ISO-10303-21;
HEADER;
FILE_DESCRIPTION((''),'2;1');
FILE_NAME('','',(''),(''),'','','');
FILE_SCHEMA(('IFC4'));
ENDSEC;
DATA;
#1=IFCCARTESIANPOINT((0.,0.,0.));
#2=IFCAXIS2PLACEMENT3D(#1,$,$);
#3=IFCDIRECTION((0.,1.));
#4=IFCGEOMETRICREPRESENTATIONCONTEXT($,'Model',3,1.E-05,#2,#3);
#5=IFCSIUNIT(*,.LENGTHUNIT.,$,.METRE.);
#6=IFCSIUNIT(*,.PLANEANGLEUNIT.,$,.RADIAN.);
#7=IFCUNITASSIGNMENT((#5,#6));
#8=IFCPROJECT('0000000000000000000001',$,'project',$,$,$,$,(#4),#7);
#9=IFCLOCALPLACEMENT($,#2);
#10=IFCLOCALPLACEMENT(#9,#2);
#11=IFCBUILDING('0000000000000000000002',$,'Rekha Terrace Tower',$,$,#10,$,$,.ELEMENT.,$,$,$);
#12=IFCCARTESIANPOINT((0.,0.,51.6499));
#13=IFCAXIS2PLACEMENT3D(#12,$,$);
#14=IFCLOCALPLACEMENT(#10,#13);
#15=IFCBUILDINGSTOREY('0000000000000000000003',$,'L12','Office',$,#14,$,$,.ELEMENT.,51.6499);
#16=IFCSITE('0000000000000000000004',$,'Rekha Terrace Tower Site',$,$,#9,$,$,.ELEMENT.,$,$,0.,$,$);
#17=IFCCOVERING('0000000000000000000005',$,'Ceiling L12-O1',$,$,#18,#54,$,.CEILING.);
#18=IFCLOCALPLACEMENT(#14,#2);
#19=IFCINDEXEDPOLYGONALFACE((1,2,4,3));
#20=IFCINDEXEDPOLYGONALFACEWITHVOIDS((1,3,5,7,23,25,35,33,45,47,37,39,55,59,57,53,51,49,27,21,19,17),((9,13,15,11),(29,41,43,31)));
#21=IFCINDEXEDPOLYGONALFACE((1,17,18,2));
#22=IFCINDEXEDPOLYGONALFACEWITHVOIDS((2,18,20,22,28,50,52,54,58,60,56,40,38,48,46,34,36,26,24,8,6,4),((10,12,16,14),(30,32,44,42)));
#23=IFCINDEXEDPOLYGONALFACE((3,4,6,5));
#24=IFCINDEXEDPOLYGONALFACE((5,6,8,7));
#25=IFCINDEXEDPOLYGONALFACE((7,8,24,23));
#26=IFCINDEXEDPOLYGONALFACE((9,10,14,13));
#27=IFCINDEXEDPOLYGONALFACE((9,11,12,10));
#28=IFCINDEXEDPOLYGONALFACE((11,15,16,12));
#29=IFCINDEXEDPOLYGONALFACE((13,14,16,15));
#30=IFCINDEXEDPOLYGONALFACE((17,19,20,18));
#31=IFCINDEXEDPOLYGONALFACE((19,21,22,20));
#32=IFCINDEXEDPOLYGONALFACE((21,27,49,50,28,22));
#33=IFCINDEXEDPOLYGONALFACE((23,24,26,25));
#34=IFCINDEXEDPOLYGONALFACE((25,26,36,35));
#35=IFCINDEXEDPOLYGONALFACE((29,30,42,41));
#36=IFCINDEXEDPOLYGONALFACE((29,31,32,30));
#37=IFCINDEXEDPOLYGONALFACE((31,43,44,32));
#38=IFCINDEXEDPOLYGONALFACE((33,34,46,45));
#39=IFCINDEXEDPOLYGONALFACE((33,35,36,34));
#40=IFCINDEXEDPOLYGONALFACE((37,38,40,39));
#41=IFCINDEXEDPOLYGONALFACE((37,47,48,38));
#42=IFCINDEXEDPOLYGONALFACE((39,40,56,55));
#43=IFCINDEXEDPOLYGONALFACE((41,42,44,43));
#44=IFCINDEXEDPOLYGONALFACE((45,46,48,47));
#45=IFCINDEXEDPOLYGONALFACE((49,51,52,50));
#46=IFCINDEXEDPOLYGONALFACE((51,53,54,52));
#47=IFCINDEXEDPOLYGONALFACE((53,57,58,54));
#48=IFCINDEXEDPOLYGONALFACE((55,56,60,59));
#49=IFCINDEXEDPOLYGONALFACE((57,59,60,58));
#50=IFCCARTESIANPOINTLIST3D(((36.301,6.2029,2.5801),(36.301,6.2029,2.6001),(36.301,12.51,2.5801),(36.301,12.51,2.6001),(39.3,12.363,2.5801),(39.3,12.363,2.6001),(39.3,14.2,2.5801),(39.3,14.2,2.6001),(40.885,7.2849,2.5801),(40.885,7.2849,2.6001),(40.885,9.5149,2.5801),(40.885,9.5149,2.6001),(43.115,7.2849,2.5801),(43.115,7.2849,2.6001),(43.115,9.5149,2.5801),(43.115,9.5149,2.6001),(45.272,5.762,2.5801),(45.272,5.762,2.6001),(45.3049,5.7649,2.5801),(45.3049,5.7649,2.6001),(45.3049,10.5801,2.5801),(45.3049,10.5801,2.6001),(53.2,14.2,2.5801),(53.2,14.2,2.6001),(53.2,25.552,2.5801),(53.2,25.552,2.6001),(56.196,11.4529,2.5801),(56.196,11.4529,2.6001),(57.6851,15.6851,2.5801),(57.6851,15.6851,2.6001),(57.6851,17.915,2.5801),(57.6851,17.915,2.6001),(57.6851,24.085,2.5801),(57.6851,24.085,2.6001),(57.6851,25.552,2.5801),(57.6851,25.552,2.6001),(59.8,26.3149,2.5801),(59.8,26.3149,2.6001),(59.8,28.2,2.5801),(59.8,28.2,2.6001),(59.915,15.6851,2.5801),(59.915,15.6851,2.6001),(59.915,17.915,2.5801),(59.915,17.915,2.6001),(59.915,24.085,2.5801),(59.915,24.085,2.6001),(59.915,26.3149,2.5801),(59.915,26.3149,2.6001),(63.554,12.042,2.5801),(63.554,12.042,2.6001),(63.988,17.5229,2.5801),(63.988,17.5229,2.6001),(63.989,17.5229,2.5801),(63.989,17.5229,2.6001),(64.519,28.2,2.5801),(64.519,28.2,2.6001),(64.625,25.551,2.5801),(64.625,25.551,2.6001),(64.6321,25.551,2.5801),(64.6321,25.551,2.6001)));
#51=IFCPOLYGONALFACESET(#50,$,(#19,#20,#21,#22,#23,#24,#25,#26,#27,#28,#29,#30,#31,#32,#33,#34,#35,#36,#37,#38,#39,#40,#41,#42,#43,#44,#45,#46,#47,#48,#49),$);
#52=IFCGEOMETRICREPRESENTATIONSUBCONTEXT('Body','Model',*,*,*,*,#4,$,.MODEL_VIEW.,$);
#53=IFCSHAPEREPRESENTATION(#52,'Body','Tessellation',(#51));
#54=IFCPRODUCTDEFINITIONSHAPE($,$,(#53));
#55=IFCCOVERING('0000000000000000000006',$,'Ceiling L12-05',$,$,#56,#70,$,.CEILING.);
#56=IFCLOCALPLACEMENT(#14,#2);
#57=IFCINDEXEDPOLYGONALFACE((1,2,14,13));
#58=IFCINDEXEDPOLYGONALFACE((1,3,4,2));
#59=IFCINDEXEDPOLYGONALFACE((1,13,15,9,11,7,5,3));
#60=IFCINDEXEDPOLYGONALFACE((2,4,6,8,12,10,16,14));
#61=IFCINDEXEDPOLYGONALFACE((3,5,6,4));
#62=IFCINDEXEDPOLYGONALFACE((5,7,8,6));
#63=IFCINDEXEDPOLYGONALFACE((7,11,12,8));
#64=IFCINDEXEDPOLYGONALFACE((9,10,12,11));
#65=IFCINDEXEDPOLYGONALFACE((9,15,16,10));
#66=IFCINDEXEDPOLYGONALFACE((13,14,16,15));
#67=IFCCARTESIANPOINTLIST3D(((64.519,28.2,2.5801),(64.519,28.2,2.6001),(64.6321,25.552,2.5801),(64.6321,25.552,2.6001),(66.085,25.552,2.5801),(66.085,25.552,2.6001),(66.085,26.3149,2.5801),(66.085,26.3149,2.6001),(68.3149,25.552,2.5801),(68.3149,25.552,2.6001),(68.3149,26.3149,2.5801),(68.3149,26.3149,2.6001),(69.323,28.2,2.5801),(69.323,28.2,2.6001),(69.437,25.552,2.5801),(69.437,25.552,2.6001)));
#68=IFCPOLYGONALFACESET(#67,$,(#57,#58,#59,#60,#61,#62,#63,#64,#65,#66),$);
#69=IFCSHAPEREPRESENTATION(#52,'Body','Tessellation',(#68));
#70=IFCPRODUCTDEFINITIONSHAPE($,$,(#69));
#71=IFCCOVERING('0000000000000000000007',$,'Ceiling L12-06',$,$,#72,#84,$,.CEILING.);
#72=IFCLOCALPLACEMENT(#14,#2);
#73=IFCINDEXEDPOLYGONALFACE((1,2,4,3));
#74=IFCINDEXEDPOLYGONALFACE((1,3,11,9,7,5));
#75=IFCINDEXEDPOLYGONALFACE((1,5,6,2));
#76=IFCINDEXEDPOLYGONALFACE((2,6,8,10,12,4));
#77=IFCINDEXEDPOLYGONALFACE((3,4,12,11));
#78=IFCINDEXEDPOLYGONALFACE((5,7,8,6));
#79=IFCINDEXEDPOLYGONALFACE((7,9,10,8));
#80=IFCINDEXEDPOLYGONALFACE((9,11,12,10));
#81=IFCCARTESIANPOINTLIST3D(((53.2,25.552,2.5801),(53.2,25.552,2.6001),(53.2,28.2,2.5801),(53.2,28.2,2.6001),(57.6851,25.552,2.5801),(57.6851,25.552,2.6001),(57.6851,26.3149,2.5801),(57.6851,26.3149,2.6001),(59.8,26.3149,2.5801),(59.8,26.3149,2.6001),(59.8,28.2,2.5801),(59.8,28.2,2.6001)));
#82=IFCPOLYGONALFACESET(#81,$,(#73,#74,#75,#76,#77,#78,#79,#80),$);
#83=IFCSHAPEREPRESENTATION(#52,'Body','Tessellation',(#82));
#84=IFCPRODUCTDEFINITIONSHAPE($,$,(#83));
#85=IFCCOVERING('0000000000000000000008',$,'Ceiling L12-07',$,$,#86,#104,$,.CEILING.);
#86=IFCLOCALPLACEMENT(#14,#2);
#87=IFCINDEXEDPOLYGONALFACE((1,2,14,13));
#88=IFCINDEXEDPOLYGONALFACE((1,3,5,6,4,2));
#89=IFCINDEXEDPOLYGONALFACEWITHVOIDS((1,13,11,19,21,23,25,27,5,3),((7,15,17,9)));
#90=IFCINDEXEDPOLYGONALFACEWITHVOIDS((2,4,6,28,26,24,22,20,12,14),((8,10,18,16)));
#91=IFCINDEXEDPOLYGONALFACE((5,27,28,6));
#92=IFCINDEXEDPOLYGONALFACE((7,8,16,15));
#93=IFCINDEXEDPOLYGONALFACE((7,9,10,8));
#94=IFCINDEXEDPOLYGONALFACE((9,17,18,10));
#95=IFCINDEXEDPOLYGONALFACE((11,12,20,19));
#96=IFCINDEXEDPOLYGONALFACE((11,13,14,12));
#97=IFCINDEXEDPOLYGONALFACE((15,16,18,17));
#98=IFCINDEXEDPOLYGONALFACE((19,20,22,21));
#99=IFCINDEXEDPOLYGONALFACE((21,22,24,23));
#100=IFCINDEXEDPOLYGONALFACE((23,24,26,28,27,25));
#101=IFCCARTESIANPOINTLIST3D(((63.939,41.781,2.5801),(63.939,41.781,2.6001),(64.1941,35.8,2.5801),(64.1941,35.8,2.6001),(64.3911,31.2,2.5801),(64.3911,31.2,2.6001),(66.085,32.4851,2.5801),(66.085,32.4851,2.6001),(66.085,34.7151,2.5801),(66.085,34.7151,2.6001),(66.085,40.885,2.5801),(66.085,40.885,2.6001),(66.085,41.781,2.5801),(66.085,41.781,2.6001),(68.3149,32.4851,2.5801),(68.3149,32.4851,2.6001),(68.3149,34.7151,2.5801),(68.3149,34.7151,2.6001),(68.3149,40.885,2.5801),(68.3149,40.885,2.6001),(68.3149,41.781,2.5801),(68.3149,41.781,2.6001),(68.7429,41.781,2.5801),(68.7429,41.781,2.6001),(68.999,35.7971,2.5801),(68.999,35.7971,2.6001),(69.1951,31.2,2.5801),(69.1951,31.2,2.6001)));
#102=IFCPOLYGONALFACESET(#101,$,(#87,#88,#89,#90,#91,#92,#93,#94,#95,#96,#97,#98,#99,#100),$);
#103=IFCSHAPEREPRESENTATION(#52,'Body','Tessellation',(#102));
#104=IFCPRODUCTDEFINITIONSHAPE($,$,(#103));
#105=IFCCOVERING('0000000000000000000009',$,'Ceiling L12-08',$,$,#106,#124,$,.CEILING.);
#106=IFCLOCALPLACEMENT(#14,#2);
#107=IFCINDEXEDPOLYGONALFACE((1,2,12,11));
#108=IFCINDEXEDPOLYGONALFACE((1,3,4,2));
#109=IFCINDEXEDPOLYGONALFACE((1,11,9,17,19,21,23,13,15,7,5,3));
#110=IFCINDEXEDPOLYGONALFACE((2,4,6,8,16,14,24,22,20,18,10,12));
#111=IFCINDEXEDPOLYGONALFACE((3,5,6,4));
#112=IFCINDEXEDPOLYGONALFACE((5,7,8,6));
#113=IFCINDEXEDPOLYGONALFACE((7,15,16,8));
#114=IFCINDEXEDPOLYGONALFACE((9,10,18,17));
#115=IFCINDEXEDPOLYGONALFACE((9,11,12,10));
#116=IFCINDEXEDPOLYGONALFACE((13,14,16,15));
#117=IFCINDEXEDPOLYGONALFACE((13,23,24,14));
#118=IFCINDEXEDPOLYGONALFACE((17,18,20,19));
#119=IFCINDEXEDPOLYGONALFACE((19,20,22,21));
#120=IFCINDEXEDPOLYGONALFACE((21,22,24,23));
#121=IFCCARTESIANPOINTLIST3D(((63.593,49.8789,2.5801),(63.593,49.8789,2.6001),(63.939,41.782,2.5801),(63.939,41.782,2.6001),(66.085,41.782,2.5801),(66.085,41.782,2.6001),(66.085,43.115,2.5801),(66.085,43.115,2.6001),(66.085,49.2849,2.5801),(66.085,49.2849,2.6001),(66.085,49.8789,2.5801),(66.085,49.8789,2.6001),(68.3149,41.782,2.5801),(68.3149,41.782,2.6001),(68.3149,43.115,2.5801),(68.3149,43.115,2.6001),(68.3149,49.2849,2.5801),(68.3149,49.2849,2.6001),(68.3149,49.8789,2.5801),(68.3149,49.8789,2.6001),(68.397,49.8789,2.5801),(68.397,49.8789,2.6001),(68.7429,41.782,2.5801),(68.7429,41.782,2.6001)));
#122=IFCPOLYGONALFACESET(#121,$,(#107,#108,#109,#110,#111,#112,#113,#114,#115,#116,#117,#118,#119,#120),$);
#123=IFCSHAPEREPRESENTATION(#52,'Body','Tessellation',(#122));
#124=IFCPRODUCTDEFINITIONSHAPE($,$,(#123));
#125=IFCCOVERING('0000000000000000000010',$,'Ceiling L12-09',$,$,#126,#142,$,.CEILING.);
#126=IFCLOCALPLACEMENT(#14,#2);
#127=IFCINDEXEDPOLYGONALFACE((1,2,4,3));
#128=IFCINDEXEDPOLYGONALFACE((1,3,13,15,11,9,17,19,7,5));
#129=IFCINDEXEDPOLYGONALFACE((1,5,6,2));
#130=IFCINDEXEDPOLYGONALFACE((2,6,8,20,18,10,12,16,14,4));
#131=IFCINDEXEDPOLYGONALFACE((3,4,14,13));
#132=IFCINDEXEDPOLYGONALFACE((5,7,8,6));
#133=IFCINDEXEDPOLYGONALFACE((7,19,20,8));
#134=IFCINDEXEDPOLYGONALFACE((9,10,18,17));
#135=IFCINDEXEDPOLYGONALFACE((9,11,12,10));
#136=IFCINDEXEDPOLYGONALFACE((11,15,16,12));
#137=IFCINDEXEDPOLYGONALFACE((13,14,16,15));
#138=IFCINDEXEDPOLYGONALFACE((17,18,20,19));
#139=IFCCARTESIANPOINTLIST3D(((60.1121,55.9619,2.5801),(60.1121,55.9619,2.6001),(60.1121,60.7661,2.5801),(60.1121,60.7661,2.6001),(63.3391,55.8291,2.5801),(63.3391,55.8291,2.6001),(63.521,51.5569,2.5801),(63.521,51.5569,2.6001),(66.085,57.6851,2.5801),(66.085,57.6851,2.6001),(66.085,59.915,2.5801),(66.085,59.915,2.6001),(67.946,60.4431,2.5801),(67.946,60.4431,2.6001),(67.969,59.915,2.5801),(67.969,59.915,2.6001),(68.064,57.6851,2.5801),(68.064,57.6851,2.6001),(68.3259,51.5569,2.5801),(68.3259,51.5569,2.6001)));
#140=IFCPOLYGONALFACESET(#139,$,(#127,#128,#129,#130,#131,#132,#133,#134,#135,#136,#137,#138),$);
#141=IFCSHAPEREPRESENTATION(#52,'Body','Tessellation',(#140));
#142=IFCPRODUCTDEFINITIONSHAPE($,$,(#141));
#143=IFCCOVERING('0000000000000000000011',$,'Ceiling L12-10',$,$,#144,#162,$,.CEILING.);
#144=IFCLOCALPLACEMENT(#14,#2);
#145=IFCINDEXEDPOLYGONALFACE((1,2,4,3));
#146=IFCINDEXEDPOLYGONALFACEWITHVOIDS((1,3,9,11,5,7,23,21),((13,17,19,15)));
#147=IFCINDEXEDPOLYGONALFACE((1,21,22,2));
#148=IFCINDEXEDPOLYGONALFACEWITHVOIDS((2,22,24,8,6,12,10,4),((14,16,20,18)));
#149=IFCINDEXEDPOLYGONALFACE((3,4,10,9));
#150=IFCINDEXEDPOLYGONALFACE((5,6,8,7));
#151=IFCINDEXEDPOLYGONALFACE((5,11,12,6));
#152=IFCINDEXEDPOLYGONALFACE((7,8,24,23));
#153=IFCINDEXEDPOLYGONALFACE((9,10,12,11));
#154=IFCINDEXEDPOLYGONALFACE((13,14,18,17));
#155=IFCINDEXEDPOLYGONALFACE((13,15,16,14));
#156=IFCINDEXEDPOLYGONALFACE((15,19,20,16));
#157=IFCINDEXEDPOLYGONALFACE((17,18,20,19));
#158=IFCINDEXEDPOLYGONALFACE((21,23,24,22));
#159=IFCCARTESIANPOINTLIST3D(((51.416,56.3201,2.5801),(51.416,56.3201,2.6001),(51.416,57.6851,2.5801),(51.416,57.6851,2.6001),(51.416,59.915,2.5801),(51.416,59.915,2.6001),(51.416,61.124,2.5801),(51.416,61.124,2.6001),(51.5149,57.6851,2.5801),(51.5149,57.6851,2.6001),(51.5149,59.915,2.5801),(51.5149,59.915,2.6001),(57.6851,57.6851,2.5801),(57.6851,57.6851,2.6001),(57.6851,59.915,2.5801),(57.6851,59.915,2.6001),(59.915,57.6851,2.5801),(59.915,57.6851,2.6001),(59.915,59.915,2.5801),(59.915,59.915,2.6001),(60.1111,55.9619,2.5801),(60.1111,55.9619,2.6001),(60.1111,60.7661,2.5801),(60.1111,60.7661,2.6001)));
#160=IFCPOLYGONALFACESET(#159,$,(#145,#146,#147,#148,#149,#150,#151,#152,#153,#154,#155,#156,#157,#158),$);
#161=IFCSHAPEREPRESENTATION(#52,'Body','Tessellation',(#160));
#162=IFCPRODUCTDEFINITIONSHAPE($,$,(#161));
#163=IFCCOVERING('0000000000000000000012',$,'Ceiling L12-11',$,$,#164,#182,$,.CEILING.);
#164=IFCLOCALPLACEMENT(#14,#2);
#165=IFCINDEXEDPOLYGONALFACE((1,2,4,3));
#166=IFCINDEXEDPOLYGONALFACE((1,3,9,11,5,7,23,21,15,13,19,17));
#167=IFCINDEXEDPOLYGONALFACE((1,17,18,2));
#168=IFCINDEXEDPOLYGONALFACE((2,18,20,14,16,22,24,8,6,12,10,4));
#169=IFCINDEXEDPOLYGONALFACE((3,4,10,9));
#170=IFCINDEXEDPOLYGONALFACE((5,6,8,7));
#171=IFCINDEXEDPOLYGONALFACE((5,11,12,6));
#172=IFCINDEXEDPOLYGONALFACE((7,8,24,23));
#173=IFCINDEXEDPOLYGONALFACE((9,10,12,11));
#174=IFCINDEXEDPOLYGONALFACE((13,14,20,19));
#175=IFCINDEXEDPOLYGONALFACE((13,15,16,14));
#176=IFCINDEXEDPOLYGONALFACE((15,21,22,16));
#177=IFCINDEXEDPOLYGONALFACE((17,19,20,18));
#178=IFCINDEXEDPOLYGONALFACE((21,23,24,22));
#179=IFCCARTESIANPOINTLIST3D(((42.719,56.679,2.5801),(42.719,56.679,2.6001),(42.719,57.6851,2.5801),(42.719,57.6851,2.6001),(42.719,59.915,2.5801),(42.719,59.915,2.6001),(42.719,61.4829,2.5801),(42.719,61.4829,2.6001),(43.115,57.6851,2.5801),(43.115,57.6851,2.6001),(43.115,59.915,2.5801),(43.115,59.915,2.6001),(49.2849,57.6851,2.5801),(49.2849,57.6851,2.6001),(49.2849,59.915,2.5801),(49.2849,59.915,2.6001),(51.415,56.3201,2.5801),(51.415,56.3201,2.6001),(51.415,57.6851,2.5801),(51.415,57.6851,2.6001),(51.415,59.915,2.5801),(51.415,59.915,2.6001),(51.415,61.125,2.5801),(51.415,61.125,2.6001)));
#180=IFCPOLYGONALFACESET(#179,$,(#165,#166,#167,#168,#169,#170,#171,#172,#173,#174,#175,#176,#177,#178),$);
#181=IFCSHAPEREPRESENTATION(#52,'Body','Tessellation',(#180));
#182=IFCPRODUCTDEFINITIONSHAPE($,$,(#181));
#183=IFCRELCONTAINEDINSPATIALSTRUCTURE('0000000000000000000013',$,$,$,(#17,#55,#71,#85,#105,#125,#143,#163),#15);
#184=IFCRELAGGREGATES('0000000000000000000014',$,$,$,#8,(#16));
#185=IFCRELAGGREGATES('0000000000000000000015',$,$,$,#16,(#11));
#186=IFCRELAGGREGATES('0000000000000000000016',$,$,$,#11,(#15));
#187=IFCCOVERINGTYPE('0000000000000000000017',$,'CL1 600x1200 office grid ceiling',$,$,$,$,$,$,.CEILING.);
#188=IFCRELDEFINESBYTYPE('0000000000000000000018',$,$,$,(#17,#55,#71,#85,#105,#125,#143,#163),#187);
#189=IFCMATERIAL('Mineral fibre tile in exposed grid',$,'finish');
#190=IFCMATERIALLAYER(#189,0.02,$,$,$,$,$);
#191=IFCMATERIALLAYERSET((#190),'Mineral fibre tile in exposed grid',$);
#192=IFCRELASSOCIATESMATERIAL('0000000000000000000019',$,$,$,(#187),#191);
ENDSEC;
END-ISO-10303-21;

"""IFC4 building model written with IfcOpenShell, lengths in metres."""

from ifc_helpers import new_model, si_unit, direction, frame, origin, place, context, subcontext, project, spatial, polyline, outline, extrude, material, layer, layer_set, type_object, element, save


model = new_model("IFC4")

# Units and contexts
model_context = context("Model", 3, precision=1e-05, world=origin(), true_north=direction((0.0, 1.0)))
body_context = subcontext(model_context, "Body", "Model", "MODEL_VIEW")
ifc_project = project(units=[si_unit("LENGTHUNIT", "METRE"), si_unit("PLANEANGLEUNIT", "RADIAN")], contexts=[model_context])

# Site, building, storey
site_placement = place(None, origin())
site = spatial("IfcSite", under=ifc_project, at=site_placement, Name="Rekha Terrace Tower Site", CompositionType="ELEMENT", RefElevation=0.0)
building_placement = place(site_placement, origin())
building = spatial("IfcBuilding", under=site, at=building_placement, Name="Rekha Terrace Tower", CompositionType="ELEMENT")
storey_placement = place(building_placement, frame((0.0, 0.0, 51.6499)))
storey = spatial("IfcBuildingStorey", under=building, at=storey_placement, Name="L12", Description="Office", CompositionType="ELEMENT", Elevation=51.6499)

# Coverings
ifc_material_1 = material(Name="Mineral fibre tile in exposed grid", Category="finish")
ifc_layer_1 = layer(ifc_material_1, 0.02)
ifc_layer_set_1 = layer_set([ifc_layer_1], Name="Mineral fibre tile in exposed grid")
covering_type_1 = type_object("IfcCoveringType", Name="CL1 600x1200 office grid ceiling", PredefinedType="CEILING", material=ifc_layer_set_1)
covering_1_placement = place(storey_placement, frame((0.0, 0.0, 2.5801)))
element("IfcCovering", 1, at=covering_1_placement, inside=storey, type_object=covering_type_1, Name="Ceiling L12-O1", PredefinedType="CEILING", context=body_context, shape_type="SweptSolid", body=[
    extrude(outline(polyline([(45.3049, 10.5801), (56.196, 11.4529), (63.554, 12.042), (63.988, 17.5229), (63.989, 17.5229), (64.625, 25.551), (64.6321, 25.551), (64.519, 28.2), (59.8, 28.2), (59.8, 26.3149), (59.915, 26.3149), (59.915, 24.085), (57.6851, 24.085), (57.6851, 25.552), (53.2, 25.552), (53.2, 14.2), (39.3, 14.2), (39.3, 12.363), (36.301, 12.51), (36.301, 6.2029), (45.272, 5.762), (45.3049, 5.7649), (45.3049, 10.5801)]), holes=[polyline([(59.915, 17.915), (59.915, 15.6851), (57.6851, 15.6851), (57.6851, 17.915), (59.915, 17.915)]), polyline([(43.115, 7.2849), (40.885, 7.2849), (40.885, 9.5149), (43.115, 9.5149), (43.115, 7.2849)])]), origin(), (0.0, 0.0, 1.0), 0.02),
])
covering_2_placement = place(storey_placement, frame((0.0, 0.0, 2.5801)))
element("IfcCovering", 2, at=covering_2_placement, inside=storey, type_object=covering_type_1, Name="Ceiling L12-05", PredefinedType="CEILING", context=body_context, shape_type="SweptSolid", body=[
    extrude(outline(polyline([(69.437, 25.552), (69.323, 28.2), (64.519, 28.2), (64.6321, 25.552), (66.085, 25.552), (66.085, 26.3149), (68.3149, 26.3149), (68.3149, 25.552), (69.437, 25.552)])), origin(), (0.0, 0.0, 1.0), 0.02),
])
covering_3_placement = place(storey_placement, frame((0.0, 0.0, 2.5801)))
element("IfcCovering", 3, at=covering_3_placement, inside=storey, type_object=covering_type_1, Name="Ceiling L12-06", PredefinedType="CEILING", context=body_context, shape_type="SweptSolid", body=[
    extrude(outline(polyline([(59.8, 26.3149), (59.8, 28.2), (53.2, 28.2), (53.2, 25.552), (57.6851, 25.552), (57.6851, 26.3149), (59.8, 26.3149)])), origin(), (0.0, 0.0, 1.0), 0.02),
])
covering_4_placement = place(storey_placement, frame((0.0, 0.0, 2.5801)))
element("IfcCovering", 4, at=covering_4_placement, inside=storey, type_object=covering_type_1, Name="Ceiling L12-07", PredefinedType="CEILING", context=body_context, shape_type="SweptSolid", body=[
    extrude(outline(polyline([(69.1951, 31.2), (68.999, 35.7971), (68.7429, 41.781), (68.3149, 41.781), (68.3149, 40.885), (66.085, 40.885), (66.085, 41.781), (63.939, 41.781), (64.1941, 35.8), (64.3911, 31.2), (69.1951, 31.2)]), holes=[polyline([(68.3149, 32.4851), (66.085, 32.4851), (66.085, 34.7151), (68.3149, 34.7151), (68.3149, 32.4851)])]), origin(), (0.0, 0.0, 1.0), 0.02),
])
covering_5_placement = place(storey_placement, frame((0.0, 0.0, 2.5801)))
element("IfcCovering", 5, at=covering_5_placement, inside=storey, type_object=covering_type_1, Name="Ceiling L12-08", PredefinedType="CEILING", context=body_context, shape_type="SweptSolid", body=[
    extrude(outline(polyline([(68.3149, 41.782), (68.7429, 41.782), (68.397, 49.8789), (68.3149, 49.8789), (68.3149, 49.2849), (66.085, 49.2849), (66.085, 49.8789), (63.593, 49.8789), (63.939, 41.782), (66.085, 41.782), (66.085, 43.115), (68.3149, 43.115), (68.3149, 41.782)])), origin(), (0.0, 0.0, 1.0), 0.02),
])
covering_6_placement = place(storey_placement, frame((0.0, 0.0, 2.5801)))
element("IfcCovering", 6, at=covering_6_placement, inside=storey, type_object=covering_type_1, Name="Ceiling L12-09", PredefinedType="CEILING", context=body_context, shape_type="SweptSolid", body=[
    extrude(outline(polyline([(67.946, 60.4431), (60.1121, 60.7661), (60.1121, 55.9619), (63.3391, 55.8291), (63.521, 51.5569), (68.3259, 51.5569), (68.064, 57.6851), (66.085, 57.6851), (66.085, 59.915), (67.969, 59.915), (67.946, 60.4431)])), origin(), (0.0, 0.0, 1.0), 0.02),
])
covering_7_placement = place(storey_placement, frame((0.0, 0.0, 2.5801)))
element("IfcCovering", 7, at=covering_7_placement, inside=storey, type_object=covering_type_1, Name="Ceiling L12-10", PredefinedType="CEILING", context=body_context, shape_type="SweptSolid", body=[
    extrude(outline(polyline([(60.1111, 55.9619), (60.1111, 60.7661), (51.416, 61.124), (51.416, 59.915), (51.5149, 59.915), (51.5149, 57.6851), (51.416, 57.6851), (51.416, 56.3201), (60.1111, 55.9619)]), holes=[polyline([(59.915, 57.6851), (57.6851, 57.6851), (57.6851, 59.915), (59.915, 59.915), (59.915, 57.6851)])]), origin(), (0.0, 0.0, 1.0), 0.02),
])
covering_8_placement = place(storey_placement, frame((0.0, 0.0, 2.5801)))
element("IfcCovering", 8, at=covering_8_placement, inside=storey, type_object=covering_type_1, Name="Ceiling L12-11", PredefinedType="CEILING", context=body_context, shape_type="SweptSolid", body=[
    extrude(outline(polyline([(51.415, 59.915), (51.415, 61.125), (42.719, 61.4829), (42.719, 59.915), (43.115, 59.915), (43.115, 57.6851), (42.719, 57.6851), (42.719, 56.679), (51.415, 56.3201), (51.415, 57.6851), (49.2849, 57.6851), (49.2849, 59.915), (51.415, 59.915)])), origin(), (0.0, 0.0, 1.0), 0.02),
])

save(model, "model.ifc")
